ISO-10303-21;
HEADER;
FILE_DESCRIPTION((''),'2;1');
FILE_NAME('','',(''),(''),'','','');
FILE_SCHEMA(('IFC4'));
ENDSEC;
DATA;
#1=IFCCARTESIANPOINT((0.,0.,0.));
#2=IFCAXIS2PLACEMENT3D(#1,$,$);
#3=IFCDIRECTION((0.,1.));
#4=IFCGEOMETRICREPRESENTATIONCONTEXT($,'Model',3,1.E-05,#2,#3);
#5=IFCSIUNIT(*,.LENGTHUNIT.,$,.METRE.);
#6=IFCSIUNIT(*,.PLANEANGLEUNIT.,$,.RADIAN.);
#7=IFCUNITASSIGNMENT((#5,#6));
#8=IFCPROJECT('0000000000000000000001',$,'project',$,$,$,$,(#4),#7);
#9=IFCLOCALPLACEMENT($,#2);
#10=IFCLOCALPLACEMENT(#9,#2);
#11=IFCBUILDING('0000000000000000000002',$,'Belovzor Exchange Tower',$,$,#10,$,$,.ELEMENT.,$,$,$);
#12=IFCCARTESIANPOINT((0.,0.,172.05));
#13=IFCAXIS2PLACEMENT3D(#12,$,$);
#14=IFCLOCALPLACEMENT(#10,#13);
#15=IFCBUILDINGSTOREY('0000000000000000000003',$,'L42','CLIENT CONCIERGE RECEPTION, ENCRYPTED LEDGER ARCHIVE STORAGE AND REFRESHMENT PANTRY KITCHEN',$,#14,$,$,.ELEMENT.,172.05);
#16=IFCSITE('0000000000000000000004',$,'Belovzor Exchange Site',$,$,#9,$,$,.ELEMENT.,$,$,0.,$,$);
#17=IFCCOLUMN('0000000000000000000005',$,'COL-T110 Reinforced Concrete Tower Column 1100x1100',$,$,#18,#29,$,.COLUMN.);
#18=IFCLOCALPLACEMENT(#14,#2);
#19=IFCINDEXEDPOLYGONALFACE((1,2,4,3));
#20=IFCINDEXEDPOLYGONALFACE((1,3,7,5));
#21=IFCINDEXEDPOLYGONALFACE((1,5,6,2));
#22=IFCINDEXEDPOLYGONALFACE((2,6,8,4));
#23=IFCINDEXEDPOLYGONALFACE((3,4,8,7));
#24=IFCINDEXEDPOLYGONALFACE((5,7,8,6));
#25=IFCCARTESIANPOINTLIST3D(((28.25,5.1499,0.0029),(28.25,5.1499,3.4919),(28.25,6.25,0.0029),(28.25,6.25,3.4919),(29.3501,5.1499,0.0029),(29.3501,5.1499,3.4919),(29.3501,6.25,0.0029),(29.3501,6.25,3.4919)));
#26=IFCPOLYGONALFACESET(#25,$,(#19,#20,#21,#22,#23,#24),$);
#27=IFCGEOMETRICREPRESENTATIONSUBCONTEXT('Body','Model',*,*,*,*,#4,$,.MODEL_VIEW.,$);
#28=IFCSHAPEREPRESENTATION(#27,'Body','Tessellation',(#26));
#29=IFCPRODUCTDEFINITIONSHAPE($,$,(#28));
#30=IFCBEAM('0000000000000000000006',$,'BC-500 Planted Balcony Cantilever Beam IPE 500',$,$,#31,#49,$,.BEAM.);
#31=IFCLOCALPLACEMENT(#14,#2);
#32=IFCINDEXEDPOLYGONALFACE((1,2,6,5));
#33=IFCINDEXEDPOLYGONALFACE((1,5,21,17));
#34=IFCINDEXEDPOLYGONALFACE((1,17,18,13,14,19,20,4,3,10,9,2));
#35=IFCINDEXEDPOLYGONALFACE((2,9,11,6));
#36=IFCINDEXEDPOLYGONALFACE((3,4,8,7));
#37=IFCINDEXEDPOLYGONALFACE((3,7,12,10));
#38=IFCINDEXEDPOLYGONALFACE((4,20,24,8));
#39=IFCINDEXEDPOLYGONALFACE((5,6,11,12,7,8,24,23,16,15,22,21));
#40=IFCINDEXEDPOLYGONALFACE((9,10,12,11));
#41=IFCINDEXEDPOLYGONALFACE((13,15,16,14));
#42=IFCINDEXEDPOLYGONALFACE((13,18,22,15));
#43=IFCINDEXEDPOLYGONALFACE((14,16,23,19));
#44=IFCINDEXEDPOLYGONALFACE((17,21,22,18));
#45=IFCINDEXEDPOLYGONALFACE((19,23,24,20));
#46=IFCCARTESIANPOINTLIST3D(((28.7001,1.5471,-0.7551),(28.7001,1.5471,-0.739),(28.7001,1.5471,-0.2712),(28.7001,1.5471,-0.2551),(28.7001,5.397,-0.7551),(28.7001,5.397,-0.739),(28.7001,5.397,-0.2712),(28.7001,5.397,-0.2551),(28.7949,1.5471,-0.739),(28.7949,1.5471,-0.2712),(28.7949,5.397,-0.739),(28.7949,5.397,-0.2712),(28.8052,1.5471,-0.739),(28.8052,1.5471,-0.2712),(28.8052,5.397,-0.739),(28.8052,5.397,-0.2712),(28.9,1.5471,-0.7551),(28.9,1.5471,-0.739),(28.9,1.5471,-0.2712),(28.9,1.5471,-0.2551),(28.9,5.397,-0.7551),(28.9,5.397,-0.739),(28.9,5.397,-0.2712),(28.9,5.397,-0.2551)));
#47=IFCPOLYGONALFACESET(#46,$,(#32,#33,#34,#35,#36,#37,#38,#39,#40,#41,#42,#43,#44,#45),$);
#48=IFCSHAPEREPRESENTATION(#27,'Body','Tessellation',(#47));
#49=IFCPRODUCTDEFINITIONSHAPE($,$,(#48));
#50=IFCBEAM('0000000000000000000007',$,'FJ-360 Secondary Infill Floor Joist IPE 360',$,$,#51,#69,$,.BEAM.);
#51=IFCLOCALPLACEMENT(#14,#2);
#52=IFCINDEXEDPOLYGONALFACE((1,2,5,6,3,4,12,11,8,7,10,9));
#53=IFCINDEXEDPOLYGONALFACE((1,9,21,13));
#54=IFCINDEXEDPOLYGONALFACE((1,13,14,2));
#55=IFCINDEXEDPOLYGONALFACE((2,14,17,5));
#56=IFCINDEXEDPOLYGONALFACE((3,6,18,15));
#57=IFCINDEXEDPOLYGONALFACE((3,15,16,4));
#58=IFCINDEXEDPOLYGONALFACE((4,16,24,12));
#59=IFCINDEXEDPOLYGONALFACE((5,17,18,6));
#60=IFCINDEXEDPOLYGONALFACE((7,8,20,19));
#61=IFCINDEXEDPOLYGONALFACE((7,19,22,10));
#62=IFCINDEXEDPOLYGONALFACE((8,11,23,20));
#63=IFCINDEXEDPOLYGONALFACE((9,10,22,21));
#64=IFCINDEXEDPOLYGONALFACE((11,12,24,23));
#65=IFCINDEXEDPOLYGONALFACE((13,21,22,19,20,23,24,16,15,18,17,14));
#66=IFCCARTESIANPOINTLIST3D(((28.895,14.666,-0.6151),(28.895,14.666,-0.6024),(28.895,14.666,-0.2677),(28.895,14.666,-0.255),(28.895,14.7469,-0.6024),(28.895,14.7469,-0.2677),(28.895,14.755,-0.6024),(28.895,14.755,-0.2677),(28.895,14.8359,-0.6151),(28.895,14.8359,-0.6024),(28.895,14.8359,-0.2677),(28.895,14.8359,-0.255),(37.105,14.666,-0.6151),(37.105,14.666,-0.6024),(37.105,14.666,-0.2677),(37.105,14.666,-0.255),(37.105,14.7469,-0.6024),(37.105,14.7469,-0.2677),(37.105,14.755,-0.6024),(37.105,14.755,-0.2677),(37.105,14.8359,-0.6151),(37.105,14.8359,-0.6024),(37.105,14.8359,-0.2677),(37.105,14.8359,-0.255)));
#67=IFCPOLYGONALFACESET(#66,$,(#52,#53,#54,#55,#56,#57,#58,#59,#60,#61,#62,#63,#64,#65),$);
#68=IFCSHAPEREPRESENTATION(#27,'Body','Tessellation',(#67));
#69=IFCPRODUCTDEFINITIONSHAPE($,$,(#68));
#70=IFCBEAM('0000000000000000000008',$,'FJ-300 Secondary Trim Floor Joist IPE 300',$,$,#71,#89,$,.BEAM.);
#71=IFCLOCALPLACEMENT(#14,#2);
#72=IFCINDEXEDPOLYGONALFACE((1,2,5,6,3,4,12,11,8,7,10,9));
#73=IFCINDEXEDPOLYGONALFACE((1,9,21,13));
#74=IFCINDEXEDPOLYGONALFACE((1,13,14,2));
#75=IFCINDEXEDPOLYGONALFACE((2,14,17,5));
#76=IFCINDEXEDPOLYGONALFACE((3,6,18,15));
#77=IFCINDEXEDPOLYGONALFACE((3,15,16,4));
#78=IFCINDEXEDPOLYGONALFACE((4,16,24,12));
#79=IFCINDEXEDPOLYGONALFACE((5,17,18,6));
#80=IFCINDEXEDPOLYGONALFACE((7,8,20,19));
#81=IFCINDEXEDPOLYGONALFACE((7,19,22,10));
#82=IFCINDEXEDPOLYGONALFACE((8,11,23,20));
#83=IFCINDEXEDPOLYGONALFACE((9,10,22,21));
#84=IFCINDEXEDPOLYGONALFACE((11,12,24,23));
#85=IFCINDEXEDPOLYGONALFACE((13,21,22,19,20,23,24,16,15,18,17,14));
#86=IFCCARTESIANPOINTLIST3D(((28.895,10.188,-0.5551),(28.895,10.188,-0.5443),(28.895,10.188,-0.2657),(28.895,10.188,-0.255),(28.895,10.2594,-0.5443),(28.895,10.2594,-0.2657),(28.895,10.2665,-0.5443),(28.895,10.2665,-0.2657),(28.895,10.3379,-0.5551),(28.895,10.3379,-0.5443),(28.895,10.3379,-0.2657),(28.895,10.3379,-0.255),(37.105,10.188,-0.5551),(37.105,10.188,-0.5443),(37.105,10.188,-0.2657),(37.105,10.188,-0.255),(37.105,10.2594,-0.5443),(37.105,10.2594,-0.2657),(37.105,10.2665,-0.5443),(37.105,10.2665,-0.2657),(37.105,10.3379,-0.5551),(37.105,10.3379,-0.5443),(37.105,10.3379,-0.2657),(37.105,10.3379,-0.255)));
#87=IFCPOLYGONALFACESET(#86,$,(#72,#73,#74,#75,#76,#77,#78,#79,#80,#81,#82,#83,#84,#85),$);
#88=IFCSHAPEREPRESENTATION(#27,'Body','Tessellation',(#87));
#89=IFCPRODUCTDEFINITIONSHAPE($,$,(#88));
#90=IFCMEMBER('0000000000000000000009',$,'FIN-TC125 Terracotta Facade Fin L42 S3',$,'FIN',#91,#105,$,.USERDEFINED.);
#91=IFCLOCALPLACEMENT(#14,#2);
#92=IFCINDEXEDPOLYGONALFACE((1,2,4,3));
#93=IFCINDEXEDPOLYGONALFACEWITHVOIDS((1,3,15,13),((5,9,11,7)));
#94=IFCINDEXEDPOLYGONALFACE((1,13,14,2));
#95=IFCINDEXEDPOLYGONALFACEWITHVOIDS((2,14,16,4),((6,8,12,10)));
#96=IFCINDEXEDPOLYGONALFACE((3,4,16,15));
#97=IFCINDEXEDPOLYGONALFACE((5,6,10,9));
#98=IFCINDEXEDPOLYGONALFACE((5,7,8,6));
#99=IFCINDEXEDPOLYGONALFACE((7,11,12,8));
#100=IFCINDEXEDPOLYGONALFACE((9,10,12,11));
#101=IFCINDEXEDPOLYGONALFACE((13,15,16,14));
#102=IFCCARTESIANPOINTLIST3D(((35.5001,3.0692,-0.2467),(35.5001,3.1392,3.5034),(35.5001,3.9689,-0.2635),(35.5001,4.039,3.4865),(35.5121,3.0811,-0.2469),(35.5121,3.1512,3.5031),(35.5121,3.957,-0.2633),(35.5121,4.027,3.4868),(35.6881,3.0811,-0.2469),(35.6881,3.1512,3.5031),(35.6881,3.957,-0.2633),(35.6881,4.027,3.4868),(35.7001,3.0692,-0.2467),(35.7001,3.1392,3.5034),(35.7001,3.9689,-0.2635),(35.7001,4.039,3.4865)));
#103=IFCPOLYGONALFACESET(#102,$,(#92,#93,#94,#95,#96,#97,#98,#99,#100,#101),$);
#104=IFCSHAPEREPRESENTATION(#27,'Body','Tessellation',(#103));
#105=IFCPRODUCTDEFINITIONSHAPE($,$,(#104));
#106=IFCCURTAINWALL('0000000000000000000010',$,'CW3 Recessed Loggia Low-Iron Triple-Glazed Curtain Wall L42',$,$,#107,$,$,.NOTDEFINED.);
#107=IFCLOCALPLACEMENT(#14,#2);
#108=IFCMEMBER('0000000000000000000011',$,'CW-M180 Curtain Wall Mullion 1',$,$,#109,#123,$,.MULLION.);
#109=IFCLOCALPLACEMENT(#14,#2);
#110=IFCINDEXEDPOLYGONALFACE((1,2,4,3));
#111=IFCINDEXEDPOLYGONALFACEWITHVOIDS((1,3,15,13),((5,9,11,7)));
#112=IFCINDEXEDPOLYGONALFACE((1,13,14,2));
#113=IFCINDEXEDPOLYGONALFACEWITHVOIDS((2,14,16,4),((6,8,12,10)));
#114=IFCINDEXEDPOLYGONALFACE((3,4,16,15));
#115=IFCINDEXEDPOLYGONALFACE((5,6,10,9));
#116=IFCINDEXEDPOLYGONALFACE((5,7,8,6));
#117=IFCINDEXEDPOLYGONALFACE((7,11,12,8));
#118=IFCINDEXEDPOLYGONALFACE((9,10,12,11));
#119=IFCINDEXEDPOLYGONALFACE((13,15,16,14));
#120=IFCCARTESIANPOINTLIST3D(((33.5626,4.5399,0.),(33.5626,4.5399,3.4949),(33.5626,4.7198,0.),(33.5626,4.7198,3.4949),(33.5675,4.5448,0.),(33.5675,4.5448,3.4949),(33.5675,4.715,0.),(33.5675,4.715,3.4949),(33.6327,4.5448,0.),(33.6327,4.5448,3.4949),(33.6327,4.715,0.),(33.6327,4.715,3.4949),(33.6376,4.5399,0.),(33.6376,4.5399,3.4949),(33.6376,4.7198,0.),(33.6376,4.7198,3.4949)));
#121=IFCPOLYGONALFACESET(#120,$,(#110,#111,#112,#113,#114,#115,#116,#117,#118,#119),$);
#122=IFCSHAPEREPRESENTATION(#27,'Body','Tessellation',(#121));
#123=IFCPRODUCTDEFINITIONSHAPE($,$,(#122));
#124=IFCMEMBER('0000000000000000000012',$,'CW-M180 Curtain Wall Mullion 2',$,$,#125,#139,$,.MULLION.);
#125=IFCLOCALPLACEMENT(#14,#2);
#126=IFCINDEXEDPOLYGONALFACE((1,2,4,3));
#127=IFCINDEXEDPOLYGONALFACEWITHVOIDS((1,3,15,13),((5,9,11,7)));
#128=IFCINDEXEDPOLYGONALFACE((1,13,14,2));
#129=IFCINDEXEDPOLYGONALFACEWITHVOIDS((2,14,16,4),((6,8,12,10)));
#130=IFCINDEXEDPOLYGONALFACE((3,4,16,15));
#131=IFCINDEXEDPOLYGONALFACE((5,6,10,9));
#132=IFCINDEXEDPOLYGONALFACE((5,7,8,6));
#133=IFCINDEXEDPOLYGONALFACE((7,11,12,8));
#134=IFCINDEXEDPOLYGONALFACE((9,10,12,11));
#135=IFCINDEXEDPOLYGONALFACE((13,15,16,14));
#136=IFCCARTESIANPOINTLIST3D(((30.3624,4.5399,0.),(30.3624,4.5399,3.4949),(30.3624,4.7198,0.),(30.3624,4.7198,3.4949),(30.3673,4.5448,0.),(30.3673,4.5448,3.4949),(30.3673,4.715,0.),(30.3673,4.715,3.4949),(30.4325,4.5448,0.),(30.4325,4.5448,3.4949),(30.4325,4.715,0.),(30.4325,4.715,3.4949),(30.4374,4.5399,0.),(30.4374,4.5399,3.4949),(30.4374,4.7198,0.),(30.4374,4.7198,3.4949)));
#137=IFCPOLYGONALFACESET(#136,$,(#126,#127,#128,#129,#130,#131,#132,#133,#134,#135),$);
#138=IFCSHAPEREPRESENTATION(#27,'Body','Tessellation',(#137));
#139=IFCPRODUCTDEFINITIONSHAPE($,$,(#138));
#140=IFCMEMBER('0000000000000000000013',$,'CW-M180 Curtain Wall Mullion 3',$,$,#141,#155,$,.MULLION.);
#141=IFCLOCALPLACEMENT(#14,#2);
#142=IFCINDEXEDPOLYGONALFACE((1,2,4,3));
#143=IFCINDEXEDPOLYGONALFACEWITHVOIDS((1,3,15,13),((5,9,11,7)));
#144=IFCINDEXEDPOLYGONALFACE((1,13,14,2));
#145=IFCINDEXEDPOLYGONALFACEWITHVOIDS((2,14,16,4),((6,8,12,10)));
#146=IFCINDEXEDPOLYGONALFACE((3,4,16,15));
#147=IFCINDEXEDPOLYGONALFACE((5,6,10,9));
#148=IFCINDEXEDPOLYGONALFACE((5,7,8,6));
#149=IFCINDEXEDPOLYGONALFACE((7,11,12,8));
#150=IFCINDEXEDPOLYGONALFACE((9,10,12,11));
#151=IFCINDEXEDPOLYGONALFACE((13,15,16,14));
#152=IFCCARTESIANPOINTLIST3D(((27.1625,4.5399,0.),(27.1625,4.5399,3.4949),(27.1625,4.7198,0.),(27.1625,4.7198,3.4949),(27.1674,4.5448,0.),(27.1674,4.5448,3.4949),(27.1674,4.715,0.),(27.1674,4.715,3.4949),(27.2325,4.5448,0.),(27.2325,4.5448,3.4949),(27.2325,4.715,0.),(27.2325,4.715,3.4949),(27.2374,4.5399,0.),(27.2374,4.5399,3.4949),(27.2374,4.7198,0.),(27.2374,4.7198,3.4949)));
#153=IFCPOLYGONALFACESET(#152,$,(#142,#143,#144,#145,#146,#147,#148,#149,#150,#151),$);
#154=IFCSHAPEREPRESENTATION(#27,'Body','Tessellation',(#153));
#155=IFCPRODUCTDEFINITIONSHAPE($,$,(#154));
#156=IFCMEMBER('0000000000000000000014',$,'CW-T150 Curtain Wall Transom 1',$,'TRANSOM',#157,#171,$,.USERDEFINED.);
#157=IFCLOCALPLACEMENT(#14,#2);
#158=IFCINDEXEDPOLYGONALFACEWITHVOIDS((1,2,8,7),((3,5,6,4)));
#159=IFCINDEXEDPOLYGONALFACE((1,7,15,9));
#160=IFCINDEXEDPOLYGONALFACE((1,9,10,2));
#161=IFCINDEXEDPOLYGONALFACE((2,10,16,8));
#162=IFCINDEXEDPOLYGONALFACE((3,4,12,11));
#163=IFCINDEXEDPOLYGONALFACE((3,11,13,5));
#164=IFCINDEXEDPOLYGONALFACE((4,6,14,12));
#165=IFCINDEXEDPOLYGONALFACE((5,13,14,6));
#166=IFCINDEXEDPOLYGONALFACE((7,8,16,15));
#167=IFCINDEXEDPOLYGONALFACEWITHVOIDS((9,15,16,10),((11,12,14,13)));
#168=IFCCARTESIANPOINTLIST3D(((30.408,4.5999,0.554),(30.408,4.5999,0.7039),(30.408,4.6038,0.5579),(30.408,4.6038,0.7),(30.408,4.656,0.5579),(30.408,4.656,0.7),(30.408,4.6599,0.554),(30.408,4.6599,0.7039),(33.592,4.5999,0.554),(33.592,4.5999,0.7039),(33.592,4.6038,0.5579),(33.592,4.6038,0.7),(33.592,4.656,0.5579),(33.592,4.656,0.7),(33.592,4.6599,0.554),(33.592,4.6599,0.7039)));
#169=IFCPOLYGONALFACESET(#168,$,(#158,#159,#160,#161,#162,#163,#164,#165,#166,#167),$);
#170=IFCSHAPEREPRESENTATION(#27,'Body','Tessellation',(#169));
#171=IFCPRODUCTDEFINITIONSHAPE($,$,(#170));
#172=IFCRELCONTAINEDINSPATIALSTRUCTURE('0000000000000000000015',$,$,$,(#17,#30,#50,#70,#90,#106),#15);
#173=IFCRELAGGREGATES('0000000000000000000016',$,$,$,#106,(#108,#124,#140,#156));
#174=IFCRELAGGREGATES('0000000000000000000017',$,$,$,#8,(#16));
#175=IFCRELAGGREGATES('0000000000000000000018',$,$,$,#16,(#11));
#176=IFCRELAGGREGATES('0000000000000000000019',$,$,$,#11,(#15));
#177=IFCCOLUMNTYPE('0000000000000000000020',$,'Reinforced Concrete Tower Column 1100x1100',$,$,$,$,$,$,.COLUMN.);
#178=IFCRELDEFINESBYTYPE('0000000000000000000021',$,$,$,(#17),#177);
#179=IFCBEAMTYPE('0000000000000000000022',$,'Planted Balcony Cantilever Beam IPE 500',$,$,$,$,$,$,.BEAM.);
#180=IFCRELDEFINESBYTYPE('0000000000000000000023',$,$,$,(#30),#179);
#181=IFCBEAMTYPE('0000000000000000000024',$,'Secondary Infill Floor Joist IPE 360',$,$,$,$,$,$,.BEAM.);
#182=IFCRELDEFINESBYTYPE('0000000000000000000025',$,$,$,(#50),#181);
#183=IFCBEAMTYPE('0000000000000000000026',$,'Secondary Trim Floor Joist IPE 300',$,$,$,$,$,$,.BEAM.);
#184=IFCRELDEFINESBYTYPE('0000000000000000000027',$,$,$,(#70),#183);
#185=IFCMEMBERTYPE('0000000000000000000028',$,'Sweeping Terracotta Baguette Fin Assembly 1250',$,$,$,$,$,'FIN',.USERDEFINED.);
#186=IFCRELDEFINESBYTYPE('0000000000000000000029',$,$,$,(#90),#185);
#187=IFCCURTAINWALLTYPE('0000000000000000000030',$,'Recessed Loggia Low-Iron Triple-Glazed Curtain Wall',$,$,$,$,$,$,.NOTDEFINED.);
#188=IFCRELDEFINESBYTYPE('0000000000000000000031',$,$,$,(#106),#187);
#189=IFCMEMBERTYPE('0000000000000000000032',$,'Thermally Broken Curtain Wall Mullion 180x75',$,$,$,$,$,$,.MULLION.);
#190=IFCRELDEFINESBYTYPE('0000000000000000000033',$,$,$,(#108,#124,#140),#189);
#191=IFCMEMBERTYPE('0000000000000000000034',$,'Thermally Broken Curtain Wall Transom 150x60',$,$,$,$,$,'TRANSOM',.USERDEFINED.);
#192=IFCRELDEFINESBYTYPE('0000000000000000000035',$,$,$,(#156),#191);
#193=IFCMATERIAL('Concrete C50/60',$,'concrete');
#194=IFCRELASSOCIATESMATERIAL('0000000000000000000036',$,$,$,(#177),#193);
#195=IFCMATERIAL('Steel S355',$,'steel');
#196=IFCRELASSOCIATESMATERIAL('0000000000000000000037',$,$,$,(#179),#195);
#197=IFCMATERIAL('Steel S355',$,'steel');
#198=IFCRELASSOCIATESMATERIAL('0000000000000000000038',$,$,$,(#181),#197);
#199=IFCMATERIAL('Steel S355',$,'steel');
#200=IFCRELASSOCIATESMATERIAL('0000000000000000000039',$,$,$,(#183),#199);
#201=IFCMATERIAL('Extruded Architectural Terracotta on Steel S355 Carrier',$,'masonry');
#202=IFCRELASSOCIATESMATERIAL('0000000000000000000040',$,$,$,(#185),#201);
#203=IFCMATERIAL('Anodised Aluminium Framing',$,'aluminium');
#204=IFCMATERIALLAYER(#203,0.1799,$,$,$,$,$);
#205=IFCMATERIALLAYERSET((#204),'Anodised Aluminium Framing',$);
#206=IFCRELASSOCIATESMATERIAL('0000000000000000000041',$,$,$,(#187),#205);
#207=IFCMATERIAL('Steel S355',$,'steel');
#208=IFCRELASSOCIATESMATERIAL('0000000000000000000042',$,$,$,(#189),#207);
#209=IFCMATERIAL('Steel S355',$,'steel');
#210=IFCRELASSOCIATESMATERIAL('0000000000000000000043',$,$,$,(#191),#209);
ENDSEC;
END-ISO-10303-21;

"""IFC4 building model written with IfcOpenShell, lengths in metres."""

from ifc_helpers import new_model, si_unit, direction, frame, origin, origin_2d, place, context, subcontext, project, spatial, rectangle, hollow_rectangle, i_section, extrude, material, layer, layer_set, material_profile, profile_set, type_object, element, aggregate, save


model = new_model("IFC4")

# Units and contexts
model_context = context("Model", 3, precision=1e-05, world=origin(), true_north=direction((0.0, 1.0)))
body_context = subcontext(model_context, "Body", "Model", "MODEL_VIEW")
ifc_project = project(units=[si_unit("LENGTHUNIT", "METRE"), si_unit("PLANEANGLEUNIT", "RADIAN")], contexts=[model_context])

# Site, building, storey
site_placement = place(None, origin())
site = spatial("IfcSite", under=ifc_project, at=site_placement, Name="Belovzor Exchange Site", CompositionType="ELEMENT", RefElevation=0.0)
building_placement = place(site_placement, origin())
building = spatial("IfcBuilding", under=site, at=building_placement, Name="Belovzor Exchange Tower", CompositionType="ELEMENT")
storey_placement = place(building_placement, frame((0.0, 0.0, 172.05)))
storey = spatial("IfcBuildingStorey", under=building, at=storey_placement, Name="L42", Description="CLIENT CONCIERGE RECEPTION, ENCRYPTED LEDGER ARCHIVE STORAGE AND REFRESHMENT PANTRY KITCHEN", CompositionType="ELEMENT", Elevation=172.05)

# Column
ifc_material_1 = material(Name="Concrete C50/60", Category="concrete")
ifc_material_profile_1 = material_profile(ifc_material_1, rectangle(XDim=1.1001, YDim=1.1001, at=origin_2d()))
ifc_profile_set_1 = profile_set([ifc_material_profile_1], Name="Concrete C50/60")
column_type = type_object("IfcColumnType", Name="Reinforced Concrete Tower Column 1100x1100", PredefinedType="COLUMN", material=ifc_profile_set_1)
column_placement = place(storey_placement, frame((28.8, 5.7, 0.0029), z_axis=(0.0, 0.0, 1.0), x_axis=(1.0, 0.0, 0.0)))
element("IfcColumn", 1, at=column_placement, inside=storey, type_object=column_type, Name="COL-T110 Reinforced Concrete Tower Column 1100x1100", PredefinedType="COLUMN", context=body_context, shape_type="SweptSolid", body=[
    extrude(rectangle(XDim=1.1001, YDim=1.1001, at=origin_2d()), origin(), (0.0, 0.0, 1.0), 3.489),
])

# Beams
ifc_material_2 = material(Name="Steel S355", Category="steel")
ifc_material_profile_2 = material_profile(ifc_material_2, i_section(OverallWidth=0.2, OverallDepth=0.5, WebThickness=0.0103, FlangeThickness=0.0161, at=origin_2d()))
ifc_profile_set_2 = profile_set([ifc_material_profile_2], Name="Steel S355")
beam_type_1 = type_object("IfcBeamType", Name="Planted Balcony Cantilever Beam IPE 500", PredefinedType="BEAM", material=ifc_profile_set_2)
beam_1_placement = place(storey_placement, frame((28.8, 5.397, -0.5051), z_axis=(0.0, -1.0, 0.0), x_axis=(1.0, 0.0, 0.0)))
element("IfcBeam", 2, at=beam_1_placement, inside=storey, type_object=beam_type_1, Name="BC-500 Planted Balcony Cantilever Beam IPE 500", PredefinedType="BEAM", context=body_context, shape_type="SweptSolid", body=[
    extrude(i_section(OverallWidth=0.2, OverallDepth=0.5, WebThickness=0.0103, FlangeThickness=0.0161, at=origin_2d()), origin(), (0.0, 0.0, 1.0), 3.8499),
])
ifc_material_3 = material(Name="Steel S355", Category="steel")
ifc_material_profile_3 = material_profile(ifc_material_3, i_section(OverallWidth=0.1699, OverallDepth=0.3601, WebThickness=0.0081, FlangeThickness=0.0127, at=origin_2d()))
ifc_profile_set_3 = profile_set([ifc_material_profile_3], Name="Steel S355")
beam_type_2 = type_object("IfcBeamType", Name="Secondary Infill Floor Joist IPE 360", PredefinedType="BEAM", material=ifc_profile_set_3)
beam_2_placement = place(storey_placement, frame((28.895, 14.751, -0.4351), z_axis=(1.0, 0.0, 0.0), x_axis=(0.0, 1.0, 0.0)))
element("IfcBeam", 3, at=beam_2_placement, inside=storey, type_object=beam_type_2, Name="FJ-360 Secondary Infill Floor Joist IPE 360", PredefinedType="BEAM", context=body_context, shape_type="SweptSolid", body=[
    extrude(i_section(OverallWidth=0.1699, OverallDepth=0.3601, WebThickness=0.0081, FlangeThickness=0.0127, at=origin_2d()), origin(), (0.0, 0.0, 1.0), 8.21),
])
ifc_material_4 = material(Name="Steel S355", Category="steel")
ifc_material_profile_4 = material_profile(ifc_material_4, i_section(OverallWidth=0.1499, OverallDepth=0.3, WebThickness=0.0071, FlangeThickness=0.0107, at=origin_2d()))
ifc_profile_set_4 = profile_set([ifc_material_profile_4], Name="Steel S355")
beam_type_3 = type_object("IfcBeamType", Name="Secondary Trim Floor Joist IPE 300", PredefinedType="BEAM", material=ifc_profile_set_4)
beam_3_placement = place(storey_placement, frame((28.895, 10.2629, -0.405), z_axis=(1.0, 0.0, 0.0), x_axis=(0.0, 1.0, 0.0)))
element("IfcBeam", 4, at=beam_3_placement, inside=storey, type_object=beam_type_3, Name="FJ-300 Secondary Trim Floor Joist IPE 300", PredefinedType="BEAM", context=body_context, shape_type="SweptSolid", body=[
    extrude(i_section(OverallWidth=0.1499, OverallDepth=0.3, WebThickness=0.0071, FlangeThickness=0.0107, at=origin_2d()), origin(), (0.0, 0.0, 1.0), 8.21),
])

# Member
ifc_material_5 = material(Name="Extruded Architectural Terracotta on Steel S355 Carrier", Category="masonry")
ifc_material_profile_5 = material_profile(ifc_material_5, hollow_rectangle(XDim=0.2, YDim=0.8999, WallThickness=0.012, at=origin_2d()))
ifc_profile_set_5 = profile_set([ifc_material_profile_5], Name="Extruded Architectural Terracotta on Steel S355 Carrier")
member_type_1 = type_object("IfcMemberType", Name="Sweeping Terracotta Baguette Fin Assembly 1250", ElementType="FIN", PredefinedType="USERDEFINED", material=ifc_profile_set_5)
member_1_placement = place(storey_placement, frame((35.6001, 3.519, -0.2551), z_axis=(0.0, 0.018682, 0.999825), x_axis=(-1.0, 0.0, 0.0)))
element("IfcMember", 5, at=member_1_placement, inside=storey, type_object=member_type_1, Name="FIN-TC125 Terracotta Facade Fin L42 S3", ObjectType="FIN", PredefinedType="USERDEFINED", context=body_context, shape_type="SweptSolid", body=[
    extrude(hollow_rectangle(XDim=0.2, YDim=0.8999, WallThickness=0.012, at=origin_2d()), origin(), (0.0, 0.0, 1.0), 3.7507),
])

# Curtain wall, members
ifc_material_6 = material(Name="Anodised Aluminium Framing", Category="aluminium")
ifc_layer_1 = layer(ifc_material_6, 0.1799)
ifc_layer_set_1 = layer_set([ifc_layer_1], Name="Anodised Aluminium Framing")
curtain_wall_type = type_object("IfcCurtainWallType", Name="Recessed Loggia Low-Iron Triple-Glazed Curtain Wall", PredefinedType="NOTDEFINED", material=ifc_layer_set_1)
curtain_wall_placement = place(storey_placement, origin())
curtain_wall = element("IfcCurtainWall", 6, at=curtain_wall_placement, inside=storey, type_object=curtain_wall_type, Name="CW3 Recessed Loggia Low-Iron Triple-Glazed Curtain Wall L42", PredefinedType="NOTDEFINED")
ifc_material_7 = material(Name="Steel S355", Category="steel")
ifc_material_profile_6 = material_profile(ifc_material_7, hollow_rectangle(XDim=0.075, YDim=0.1799, WallThickness=0.0049, at=origin_2d()))
ifc_profile_set_6 = profile_set([ifc_material_profile_6], Name="Steel S355")
member_type_2 = type_object("IfcMemberType", Name="Thermally Broken Curtain Wall Mullion 180x75", PredefinedType="MULLION", material=ifc_profile_set_6)
member_2_placement = place(storey_placement, frame((33.6001, 4.6299, 0.0), z_axis=(0.0, 0.0, 1.0), x_axis=(-1.0, 0.0, 0.0)))
member_2 = element("IfcMember", 7, at=member_2_placement, type_object=member_type_2, Name="CW-M180 Curtain Wall Mullion 1", PredefinedType="MULLION", context=body_context, shape_type="SweptSolid", body=[
    extrude(hollow_rectangle(XDim=0.075, YDim=0.1799, WallThickness=0.0049, at=origin_2d()), origin(), (0.0, 0.0, 1.0), 3.4949),
])
member_3_placement = place(storey_placement, frame((30.3999, 4.6299, 0.0), z_axis=(0.0, 0.0, 1.0), x_axis=(-1.0, 0.0, 0.0)))
member_3 = element("IfcMember", 8, at=member_3_placement, type_object=member_type_2, Name="CW-M180 Curtain Wall Mullion 2", PredefinedType="MULLION", context=body_context, shape_type="SweptSolid", body=[
    extrude(hollow_rectangle(XDim=0.075, YDim=0.1799, WallThickness=0.0049, at=origin_2d()), origin(), (0.0, 0.0, 1.0), 3.4949),
])
member_4_placement = place(storey_placement, frame((27.2, 4.6299, 0.0), z_axis=(0.0, 0.0, 1.0), x_axis=(-1.0, 0.0, 0.0)))
member_4 = element("IfcMember", 9, at=member_4_placement, type_object=member_type_2, Name="CW-M180 Curtain Wall Mullion 3", PredefinedType="MULLION", context=body_context, shape_type="SweptSolid", body=[
    extrude(hollow_rectangle(XDim=0.075, YDim=0.1799, WallThickness=0.0049, at=origin_2d()), origin(), (0.0, 0.0, 1.0), 3.4949),
])
ifc_material_8 = material(Name="Steel S355", Category="steel")
ifc_material_profile_7 = material_profile(ifc_material_8, hollow_rectangle(XDim=0.0601, YDim=0.1499, WallThickness=0.0039, at=origin_2d()))
ifc_profile_set_7 = profile_set([ifc_material_profile_7], Name="Steel S355")
member_type_3 = type_object("IfcMemberType", Name="Thermally Broken Curtain Wall Transom 150x60", ElementType="TRANSOM", PredefinedType="USERDEFINED", material=ifc_profile_set_7)
member_5_placement = place(storey_placement, frame((33.592, 4.6299, 0.6289), z_axis=(-1.0, 0.0, 0.0), x_axis=(0.0, -1.0, 0.0)))
member_5 = element("IfcMember", 10, at=member_5_placement, type_object=member_type_3, Name="CW-T150 Curtain Wall Transom 1", ObjectType="TRANSOM", PredefinedType="USERDEFINED", context=body_context, shape_type="SweptSolid", body=[
    extrude(hollow_rectangle(XDim=0.0601, YDim=0.1499, WallThickness=0.0039, at=origin_2d()), origin(), (0.0, 0.0, 1.0), 3.1841),
])

aggregate(curtain_wall, [member_2, member_3, member_4, member_5])

save(model, "model.ifc")
